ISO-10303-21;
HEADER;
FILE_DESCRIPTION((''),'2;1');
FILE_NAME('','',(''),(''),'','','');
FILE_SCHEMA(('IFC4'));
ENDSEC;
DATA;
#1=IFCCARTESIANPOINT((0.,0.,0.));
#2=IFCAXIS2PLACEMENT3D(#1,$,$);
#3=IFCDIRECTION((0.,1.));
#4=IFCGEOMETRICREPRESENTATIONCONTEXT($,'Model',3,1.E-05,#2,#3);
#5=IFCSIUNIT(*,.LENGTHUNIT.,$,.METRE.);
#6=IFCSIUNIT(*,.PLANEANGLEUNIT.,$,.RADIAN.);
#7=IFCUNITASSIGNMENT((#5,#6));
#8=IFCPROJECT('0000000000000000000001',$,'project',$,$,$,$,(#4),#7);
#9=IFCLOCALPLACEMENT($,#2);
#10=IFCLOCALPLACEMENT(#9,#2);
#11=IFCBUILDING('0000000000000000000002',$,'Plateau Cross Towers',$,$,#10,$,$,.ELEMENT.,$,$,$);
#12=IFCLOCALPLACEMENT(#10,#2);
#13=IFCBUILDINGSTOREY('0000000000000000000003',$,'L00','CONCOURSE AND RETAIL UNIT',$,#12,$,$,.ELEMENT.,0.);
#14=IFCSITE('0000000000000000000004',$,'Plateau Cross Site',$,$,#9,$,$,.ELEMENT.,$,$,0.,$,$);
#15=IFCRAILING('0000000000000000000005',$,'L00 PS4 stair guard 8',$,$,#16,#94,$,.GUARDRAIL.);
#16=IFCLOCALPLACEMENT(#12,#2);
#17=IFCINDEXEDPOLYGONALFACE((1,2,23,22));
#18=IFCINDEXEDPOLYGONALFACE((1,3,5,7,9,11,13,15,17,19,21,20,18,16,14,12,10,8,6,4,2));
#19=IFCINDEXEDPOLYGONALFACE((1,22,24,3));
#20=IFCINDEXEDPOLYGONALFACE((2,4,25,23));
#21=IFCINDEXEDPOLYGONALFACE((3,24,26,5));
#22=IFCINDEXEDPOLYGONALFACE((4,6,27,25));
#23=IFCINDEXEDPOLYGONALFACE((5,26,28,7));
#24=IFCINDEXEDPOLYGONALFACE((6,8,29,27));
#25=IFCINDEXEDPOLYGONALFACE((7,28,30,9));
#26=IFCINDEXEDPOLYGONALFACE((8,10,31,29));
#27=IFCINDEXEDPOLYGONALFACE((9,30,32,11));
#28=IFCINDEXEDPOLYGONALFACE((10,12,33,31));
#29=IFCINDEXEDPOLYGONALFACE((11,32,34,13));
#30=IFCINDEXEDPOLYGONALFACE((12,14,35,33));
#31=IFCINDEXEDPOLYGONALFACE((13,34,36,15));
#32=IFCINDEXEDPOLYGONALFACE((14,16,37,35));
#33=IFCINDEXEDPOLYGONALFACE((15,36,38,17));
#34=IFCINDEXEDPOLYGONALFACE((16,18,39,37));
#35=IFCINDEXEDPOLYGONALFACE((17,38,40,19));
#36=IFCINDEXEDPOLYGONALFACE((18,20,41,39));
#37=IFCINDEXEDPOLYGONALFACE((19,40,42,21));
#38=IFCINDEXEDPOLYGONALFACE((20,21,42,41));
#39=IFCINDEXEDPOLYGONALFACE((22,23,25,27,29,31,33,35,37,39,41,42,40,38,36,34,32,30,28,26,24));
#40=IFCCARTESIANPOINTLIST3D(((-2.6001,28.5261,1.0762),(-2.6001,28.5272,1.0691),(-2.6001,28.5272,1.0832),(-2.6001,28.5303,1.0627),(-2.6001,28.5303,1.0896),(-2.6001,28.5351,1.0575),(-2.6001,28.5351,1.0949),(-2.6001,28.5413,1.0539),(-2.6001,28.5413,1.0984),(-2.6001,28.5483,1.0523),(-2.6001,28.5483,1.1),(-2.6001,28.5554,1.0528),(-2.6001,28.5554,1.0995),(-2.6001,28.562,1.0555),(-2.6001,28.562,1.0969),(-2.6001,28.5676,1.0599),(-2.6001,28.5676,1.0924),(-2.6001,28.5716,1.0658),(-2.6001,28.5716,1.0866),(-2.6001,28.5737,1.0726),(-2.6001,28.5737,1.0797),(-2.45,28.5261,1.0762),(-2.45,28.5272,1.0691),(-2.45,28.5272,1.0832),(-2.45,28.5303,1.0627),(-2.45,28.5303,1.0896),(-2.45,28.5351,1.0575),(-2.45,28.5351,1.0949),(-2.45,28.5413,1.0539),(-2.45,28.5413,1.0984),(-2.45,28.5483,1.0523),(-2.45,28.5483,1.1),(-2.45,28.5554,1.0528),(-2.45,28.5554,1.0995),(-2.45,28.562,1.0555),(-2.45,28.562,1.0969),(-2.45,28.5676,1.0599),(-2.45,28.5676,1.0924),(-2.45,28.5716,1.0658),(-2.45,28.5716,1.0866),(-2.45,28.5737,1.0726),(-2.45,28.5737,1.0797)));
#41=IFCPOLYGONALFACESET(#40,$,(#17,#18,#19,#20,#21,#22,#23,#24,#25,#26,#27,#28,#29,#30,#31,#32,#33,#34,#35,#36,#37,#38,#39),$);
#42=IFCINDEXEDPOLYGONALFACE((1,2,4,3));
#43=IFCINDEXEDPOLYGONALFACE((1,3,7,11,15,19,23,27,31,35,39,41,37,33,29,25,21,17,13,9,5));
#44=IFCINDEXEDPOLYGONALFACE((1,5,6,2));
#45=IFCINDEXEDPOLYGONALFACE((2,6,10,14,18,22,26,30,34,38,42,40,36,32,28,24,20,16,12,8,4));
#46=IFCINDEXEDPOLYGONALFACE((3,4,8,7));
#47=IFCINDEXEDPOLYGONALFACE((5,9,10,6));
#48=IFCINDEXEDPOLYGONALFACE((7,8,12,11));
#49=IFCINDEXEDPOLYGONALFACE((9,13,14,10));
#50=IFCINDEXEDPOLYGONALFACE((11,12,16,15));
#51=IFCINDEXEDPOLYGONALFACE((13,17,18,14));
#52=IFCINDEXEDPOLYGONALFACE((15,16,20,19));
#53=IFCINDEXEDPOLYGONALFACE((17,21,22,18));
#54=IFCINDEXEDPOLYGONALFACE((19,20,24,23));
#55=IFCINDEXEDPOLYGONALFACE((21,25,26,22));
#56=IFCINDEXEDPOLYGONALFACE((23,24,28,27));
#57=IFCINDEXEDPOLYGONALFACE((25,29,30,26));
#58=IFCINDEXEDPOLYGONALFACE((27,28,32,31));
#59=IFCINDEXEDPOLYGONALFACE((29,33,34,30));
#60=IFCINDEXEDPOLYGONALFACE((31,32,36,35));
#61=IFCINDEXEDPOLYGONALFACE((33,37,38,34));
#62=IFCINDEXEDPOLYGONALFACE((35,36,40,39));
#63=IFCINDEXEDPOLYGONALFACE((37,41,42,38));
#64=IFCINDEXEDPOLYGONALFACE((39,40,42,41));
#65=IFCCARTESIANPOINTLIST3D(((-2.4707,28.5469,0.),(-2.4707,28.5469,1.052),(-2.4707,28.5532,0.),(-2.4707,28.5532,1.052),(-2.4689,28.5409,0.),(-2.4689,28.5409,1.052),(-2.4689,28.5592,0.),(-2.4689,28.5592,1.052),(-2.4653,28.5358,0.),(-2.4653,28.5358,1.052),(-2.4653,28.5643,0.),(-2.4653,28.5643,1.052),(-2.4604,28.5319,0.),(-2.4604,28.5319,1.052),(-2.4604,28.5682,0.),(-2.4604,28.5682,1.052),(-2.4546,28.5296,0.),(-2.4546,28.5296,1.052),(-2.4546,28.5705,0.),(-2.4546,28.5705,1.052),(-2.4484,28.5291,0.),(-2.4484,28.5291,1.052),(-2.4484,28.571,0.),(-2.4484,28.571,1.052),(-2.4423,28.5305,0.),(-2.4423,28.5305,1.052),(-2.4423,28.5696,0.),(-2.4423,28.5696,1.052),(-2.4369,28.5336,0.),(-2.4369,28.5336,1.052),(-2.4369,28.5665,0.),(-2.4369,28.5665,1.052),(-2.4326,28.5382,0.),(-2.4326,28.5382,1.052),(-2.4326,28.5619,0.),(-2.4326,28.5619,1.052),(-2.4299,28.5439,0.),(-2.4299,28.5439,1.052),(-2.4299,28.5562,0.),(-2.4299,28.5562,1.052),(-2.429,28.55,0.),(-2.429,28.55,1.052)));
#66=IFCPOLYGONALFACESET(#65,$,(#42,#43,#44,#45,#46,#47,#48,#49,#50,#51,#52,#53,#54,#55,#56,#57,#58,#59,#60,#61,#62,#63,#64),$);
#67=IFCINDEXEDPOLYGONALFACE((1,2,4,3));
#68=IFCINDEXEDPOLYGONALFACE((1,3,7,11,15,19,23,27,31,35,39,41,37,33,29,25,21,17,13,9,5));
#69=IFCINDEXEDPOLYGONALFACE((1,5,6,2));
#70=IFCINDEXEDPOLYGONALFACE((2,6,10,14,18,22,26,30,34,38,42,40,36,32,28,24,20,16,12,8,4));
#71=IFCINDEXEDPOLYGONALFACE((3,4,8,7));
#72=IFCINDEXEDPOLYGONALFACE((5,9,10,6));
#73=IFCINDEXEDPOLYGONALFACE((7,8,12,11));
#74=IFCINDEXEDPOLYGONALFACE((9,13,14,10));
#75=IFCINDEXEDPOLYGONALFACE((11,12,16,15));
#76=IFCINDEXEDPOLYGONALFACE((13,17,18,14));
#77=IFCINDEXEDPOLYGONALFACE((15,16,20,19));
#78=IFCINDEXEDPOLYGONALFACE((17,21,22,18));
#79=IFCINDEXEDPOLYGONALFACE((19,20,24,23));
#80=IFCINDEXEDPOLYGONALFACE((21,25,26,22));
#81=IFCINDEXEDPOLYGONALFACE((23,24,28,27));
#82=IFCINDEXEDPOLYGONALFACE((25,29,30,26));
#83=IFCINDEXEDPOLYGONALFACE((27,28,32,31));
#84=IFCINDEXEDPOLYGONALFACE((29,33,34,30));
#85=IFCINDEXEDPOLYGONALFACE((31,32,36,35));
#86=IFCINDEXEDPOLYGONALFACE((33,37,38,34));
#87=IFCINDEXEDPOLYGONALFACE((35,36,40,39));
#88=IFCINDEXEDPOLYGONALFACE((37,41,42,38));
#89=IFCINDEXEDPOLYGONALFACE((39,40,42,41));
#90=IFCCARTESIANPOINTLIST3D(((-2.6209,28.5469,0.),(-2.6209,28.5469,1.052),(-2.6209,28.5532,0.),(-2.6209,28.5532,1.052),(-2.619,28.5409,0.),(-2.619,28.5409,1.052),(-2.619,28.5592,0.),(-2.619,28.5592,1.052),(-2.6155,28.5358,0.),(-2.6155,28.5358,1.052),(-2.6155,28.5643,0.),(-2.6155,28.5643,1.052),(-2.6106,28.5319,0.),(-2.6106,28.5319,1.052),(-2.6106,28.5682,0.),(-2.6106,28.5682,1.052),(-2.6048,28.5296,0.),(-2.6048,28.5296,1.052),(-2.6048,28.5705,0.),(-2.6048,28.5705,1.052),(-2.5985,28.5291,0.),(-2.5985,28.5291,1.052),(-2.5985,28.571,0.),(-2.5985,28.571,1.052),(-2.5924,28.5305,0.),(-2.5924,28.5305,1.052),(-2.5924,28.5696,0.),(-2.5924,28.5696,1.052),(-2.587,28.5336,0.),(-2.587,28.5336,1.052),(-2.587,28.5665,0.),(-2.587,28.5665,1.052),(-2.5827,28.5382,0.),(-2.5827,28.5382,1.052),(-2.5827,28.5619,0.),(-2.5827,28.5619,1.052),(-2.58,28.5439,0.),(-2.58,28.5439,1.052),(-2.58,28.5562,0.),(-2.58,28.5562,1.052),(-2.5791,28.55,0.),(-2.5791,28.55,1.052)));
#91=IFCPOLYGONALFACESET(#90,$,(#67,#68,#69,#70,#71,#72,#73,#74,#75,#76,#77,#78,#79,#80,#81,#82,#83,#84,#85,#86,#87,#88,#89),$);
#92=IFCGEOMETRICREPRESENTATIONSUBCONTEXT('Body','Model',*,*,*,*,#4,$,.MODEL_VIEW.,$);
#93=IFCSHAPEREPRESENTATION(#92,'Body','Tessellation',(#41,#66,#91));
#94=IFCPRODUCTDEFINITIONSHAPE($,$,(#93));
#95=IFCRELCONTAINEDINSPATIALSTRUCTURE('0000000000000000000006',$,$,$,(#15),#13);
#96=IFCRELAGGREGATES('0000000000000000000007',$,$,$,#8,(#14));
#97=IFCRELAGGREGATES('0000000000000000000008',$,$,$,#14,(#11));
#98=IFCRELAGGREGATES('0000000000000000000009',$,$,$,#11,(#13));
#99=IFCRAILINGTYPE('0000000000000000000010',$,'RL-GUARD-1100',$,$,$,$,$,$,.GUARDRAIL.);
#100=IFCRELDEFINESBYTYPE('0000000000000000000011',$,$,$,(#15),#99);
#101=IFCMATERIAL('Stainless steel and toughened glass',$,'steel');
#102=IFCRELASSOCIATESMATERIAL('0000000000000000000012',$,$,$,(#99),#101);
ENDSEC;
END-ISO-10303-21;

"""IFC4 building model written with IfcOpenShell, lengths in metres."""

from ifc_helpers import new_model, si_unit, direction, frame, origin, origin_2d, place, context, subcontext, project, spatial, circle, extrude, material, type_object, element, save


model = new_model("IFC4")

# Units and contexts
model_context = context("Model", 3, precision=1e-05, world=origin(), true_north=direction((0.0, 1.0)))
body_context = subcontext(model_context, "Body", "Model", "MODEL_VIEW")
ifc_project = project(units=[si_unit("LENGTHUNIT", "METRE"), si_unit("PLANEANGLEUNIT", "RADIAN")], contexts=[model_context])

# Site, building, storey
site_placement = place(None, origin())
site = spatial("IfcSite", under=ifc_project, at=site_placement, Name="Plateau Cross Site", CompositionType="ELEMENT", RefElevation=0.0)
building_placement = place(site_placement, origin())
building = spatial("IfcBuilding", under=site, at=building_placement, Name="Plateau Cross Towers", CompositionType="ELEMENT")
storey_placement = place(building_placement, origin())
storey = spatial("IfcBuildingStorey", under=building, at=storey_placement, Name="L00", Description="CONCOURSE AND RETAIL UNIT", CompositionType="ELEMENT", Elevation=0.0)

# Railing
ifc_material_1 = material(Name="Stainless steel and toughened glass", Category="steel")
railing_type_1 = type_object("IfcRailingType", Name="RL-GUARD-1100", PredefinedType="GUARDRAIL", material=ifc_material_1)
railing_1_placement = place(storey_placement, frame((-2.45, 28.55, 0.0)))
element("IfcRailing", 1, at=railing_1_placement, inside=storey, type_object=railing_type_1, Name="L00 PS4 stair guard 8", PredefinedType="GUARDRAIL", context=body_context, shape_type="SweptSolid", body=[
    extrude(circle(Radius=0.0239, at=origin_2d()), frame((0.0, 0.0, 1.0762), z_axis=(-1.0, 0.0, 0.0), x_axis=(0.0, -1.0, 0.0)), (0.0, 0.0, 1.0), 0.1501),
    extrude(circle(Radius=0.021, at=origin_2d()), origin(), (0.0, 0.0, 1.0), 1.052),
    extrude(circle(Radius=0.021, at=origin_2d()), frame((-0.1501, 0.0, 0.0)), (0.0, 0.0, 1.0), 1.052),
])

save(model, "model.ifc")
